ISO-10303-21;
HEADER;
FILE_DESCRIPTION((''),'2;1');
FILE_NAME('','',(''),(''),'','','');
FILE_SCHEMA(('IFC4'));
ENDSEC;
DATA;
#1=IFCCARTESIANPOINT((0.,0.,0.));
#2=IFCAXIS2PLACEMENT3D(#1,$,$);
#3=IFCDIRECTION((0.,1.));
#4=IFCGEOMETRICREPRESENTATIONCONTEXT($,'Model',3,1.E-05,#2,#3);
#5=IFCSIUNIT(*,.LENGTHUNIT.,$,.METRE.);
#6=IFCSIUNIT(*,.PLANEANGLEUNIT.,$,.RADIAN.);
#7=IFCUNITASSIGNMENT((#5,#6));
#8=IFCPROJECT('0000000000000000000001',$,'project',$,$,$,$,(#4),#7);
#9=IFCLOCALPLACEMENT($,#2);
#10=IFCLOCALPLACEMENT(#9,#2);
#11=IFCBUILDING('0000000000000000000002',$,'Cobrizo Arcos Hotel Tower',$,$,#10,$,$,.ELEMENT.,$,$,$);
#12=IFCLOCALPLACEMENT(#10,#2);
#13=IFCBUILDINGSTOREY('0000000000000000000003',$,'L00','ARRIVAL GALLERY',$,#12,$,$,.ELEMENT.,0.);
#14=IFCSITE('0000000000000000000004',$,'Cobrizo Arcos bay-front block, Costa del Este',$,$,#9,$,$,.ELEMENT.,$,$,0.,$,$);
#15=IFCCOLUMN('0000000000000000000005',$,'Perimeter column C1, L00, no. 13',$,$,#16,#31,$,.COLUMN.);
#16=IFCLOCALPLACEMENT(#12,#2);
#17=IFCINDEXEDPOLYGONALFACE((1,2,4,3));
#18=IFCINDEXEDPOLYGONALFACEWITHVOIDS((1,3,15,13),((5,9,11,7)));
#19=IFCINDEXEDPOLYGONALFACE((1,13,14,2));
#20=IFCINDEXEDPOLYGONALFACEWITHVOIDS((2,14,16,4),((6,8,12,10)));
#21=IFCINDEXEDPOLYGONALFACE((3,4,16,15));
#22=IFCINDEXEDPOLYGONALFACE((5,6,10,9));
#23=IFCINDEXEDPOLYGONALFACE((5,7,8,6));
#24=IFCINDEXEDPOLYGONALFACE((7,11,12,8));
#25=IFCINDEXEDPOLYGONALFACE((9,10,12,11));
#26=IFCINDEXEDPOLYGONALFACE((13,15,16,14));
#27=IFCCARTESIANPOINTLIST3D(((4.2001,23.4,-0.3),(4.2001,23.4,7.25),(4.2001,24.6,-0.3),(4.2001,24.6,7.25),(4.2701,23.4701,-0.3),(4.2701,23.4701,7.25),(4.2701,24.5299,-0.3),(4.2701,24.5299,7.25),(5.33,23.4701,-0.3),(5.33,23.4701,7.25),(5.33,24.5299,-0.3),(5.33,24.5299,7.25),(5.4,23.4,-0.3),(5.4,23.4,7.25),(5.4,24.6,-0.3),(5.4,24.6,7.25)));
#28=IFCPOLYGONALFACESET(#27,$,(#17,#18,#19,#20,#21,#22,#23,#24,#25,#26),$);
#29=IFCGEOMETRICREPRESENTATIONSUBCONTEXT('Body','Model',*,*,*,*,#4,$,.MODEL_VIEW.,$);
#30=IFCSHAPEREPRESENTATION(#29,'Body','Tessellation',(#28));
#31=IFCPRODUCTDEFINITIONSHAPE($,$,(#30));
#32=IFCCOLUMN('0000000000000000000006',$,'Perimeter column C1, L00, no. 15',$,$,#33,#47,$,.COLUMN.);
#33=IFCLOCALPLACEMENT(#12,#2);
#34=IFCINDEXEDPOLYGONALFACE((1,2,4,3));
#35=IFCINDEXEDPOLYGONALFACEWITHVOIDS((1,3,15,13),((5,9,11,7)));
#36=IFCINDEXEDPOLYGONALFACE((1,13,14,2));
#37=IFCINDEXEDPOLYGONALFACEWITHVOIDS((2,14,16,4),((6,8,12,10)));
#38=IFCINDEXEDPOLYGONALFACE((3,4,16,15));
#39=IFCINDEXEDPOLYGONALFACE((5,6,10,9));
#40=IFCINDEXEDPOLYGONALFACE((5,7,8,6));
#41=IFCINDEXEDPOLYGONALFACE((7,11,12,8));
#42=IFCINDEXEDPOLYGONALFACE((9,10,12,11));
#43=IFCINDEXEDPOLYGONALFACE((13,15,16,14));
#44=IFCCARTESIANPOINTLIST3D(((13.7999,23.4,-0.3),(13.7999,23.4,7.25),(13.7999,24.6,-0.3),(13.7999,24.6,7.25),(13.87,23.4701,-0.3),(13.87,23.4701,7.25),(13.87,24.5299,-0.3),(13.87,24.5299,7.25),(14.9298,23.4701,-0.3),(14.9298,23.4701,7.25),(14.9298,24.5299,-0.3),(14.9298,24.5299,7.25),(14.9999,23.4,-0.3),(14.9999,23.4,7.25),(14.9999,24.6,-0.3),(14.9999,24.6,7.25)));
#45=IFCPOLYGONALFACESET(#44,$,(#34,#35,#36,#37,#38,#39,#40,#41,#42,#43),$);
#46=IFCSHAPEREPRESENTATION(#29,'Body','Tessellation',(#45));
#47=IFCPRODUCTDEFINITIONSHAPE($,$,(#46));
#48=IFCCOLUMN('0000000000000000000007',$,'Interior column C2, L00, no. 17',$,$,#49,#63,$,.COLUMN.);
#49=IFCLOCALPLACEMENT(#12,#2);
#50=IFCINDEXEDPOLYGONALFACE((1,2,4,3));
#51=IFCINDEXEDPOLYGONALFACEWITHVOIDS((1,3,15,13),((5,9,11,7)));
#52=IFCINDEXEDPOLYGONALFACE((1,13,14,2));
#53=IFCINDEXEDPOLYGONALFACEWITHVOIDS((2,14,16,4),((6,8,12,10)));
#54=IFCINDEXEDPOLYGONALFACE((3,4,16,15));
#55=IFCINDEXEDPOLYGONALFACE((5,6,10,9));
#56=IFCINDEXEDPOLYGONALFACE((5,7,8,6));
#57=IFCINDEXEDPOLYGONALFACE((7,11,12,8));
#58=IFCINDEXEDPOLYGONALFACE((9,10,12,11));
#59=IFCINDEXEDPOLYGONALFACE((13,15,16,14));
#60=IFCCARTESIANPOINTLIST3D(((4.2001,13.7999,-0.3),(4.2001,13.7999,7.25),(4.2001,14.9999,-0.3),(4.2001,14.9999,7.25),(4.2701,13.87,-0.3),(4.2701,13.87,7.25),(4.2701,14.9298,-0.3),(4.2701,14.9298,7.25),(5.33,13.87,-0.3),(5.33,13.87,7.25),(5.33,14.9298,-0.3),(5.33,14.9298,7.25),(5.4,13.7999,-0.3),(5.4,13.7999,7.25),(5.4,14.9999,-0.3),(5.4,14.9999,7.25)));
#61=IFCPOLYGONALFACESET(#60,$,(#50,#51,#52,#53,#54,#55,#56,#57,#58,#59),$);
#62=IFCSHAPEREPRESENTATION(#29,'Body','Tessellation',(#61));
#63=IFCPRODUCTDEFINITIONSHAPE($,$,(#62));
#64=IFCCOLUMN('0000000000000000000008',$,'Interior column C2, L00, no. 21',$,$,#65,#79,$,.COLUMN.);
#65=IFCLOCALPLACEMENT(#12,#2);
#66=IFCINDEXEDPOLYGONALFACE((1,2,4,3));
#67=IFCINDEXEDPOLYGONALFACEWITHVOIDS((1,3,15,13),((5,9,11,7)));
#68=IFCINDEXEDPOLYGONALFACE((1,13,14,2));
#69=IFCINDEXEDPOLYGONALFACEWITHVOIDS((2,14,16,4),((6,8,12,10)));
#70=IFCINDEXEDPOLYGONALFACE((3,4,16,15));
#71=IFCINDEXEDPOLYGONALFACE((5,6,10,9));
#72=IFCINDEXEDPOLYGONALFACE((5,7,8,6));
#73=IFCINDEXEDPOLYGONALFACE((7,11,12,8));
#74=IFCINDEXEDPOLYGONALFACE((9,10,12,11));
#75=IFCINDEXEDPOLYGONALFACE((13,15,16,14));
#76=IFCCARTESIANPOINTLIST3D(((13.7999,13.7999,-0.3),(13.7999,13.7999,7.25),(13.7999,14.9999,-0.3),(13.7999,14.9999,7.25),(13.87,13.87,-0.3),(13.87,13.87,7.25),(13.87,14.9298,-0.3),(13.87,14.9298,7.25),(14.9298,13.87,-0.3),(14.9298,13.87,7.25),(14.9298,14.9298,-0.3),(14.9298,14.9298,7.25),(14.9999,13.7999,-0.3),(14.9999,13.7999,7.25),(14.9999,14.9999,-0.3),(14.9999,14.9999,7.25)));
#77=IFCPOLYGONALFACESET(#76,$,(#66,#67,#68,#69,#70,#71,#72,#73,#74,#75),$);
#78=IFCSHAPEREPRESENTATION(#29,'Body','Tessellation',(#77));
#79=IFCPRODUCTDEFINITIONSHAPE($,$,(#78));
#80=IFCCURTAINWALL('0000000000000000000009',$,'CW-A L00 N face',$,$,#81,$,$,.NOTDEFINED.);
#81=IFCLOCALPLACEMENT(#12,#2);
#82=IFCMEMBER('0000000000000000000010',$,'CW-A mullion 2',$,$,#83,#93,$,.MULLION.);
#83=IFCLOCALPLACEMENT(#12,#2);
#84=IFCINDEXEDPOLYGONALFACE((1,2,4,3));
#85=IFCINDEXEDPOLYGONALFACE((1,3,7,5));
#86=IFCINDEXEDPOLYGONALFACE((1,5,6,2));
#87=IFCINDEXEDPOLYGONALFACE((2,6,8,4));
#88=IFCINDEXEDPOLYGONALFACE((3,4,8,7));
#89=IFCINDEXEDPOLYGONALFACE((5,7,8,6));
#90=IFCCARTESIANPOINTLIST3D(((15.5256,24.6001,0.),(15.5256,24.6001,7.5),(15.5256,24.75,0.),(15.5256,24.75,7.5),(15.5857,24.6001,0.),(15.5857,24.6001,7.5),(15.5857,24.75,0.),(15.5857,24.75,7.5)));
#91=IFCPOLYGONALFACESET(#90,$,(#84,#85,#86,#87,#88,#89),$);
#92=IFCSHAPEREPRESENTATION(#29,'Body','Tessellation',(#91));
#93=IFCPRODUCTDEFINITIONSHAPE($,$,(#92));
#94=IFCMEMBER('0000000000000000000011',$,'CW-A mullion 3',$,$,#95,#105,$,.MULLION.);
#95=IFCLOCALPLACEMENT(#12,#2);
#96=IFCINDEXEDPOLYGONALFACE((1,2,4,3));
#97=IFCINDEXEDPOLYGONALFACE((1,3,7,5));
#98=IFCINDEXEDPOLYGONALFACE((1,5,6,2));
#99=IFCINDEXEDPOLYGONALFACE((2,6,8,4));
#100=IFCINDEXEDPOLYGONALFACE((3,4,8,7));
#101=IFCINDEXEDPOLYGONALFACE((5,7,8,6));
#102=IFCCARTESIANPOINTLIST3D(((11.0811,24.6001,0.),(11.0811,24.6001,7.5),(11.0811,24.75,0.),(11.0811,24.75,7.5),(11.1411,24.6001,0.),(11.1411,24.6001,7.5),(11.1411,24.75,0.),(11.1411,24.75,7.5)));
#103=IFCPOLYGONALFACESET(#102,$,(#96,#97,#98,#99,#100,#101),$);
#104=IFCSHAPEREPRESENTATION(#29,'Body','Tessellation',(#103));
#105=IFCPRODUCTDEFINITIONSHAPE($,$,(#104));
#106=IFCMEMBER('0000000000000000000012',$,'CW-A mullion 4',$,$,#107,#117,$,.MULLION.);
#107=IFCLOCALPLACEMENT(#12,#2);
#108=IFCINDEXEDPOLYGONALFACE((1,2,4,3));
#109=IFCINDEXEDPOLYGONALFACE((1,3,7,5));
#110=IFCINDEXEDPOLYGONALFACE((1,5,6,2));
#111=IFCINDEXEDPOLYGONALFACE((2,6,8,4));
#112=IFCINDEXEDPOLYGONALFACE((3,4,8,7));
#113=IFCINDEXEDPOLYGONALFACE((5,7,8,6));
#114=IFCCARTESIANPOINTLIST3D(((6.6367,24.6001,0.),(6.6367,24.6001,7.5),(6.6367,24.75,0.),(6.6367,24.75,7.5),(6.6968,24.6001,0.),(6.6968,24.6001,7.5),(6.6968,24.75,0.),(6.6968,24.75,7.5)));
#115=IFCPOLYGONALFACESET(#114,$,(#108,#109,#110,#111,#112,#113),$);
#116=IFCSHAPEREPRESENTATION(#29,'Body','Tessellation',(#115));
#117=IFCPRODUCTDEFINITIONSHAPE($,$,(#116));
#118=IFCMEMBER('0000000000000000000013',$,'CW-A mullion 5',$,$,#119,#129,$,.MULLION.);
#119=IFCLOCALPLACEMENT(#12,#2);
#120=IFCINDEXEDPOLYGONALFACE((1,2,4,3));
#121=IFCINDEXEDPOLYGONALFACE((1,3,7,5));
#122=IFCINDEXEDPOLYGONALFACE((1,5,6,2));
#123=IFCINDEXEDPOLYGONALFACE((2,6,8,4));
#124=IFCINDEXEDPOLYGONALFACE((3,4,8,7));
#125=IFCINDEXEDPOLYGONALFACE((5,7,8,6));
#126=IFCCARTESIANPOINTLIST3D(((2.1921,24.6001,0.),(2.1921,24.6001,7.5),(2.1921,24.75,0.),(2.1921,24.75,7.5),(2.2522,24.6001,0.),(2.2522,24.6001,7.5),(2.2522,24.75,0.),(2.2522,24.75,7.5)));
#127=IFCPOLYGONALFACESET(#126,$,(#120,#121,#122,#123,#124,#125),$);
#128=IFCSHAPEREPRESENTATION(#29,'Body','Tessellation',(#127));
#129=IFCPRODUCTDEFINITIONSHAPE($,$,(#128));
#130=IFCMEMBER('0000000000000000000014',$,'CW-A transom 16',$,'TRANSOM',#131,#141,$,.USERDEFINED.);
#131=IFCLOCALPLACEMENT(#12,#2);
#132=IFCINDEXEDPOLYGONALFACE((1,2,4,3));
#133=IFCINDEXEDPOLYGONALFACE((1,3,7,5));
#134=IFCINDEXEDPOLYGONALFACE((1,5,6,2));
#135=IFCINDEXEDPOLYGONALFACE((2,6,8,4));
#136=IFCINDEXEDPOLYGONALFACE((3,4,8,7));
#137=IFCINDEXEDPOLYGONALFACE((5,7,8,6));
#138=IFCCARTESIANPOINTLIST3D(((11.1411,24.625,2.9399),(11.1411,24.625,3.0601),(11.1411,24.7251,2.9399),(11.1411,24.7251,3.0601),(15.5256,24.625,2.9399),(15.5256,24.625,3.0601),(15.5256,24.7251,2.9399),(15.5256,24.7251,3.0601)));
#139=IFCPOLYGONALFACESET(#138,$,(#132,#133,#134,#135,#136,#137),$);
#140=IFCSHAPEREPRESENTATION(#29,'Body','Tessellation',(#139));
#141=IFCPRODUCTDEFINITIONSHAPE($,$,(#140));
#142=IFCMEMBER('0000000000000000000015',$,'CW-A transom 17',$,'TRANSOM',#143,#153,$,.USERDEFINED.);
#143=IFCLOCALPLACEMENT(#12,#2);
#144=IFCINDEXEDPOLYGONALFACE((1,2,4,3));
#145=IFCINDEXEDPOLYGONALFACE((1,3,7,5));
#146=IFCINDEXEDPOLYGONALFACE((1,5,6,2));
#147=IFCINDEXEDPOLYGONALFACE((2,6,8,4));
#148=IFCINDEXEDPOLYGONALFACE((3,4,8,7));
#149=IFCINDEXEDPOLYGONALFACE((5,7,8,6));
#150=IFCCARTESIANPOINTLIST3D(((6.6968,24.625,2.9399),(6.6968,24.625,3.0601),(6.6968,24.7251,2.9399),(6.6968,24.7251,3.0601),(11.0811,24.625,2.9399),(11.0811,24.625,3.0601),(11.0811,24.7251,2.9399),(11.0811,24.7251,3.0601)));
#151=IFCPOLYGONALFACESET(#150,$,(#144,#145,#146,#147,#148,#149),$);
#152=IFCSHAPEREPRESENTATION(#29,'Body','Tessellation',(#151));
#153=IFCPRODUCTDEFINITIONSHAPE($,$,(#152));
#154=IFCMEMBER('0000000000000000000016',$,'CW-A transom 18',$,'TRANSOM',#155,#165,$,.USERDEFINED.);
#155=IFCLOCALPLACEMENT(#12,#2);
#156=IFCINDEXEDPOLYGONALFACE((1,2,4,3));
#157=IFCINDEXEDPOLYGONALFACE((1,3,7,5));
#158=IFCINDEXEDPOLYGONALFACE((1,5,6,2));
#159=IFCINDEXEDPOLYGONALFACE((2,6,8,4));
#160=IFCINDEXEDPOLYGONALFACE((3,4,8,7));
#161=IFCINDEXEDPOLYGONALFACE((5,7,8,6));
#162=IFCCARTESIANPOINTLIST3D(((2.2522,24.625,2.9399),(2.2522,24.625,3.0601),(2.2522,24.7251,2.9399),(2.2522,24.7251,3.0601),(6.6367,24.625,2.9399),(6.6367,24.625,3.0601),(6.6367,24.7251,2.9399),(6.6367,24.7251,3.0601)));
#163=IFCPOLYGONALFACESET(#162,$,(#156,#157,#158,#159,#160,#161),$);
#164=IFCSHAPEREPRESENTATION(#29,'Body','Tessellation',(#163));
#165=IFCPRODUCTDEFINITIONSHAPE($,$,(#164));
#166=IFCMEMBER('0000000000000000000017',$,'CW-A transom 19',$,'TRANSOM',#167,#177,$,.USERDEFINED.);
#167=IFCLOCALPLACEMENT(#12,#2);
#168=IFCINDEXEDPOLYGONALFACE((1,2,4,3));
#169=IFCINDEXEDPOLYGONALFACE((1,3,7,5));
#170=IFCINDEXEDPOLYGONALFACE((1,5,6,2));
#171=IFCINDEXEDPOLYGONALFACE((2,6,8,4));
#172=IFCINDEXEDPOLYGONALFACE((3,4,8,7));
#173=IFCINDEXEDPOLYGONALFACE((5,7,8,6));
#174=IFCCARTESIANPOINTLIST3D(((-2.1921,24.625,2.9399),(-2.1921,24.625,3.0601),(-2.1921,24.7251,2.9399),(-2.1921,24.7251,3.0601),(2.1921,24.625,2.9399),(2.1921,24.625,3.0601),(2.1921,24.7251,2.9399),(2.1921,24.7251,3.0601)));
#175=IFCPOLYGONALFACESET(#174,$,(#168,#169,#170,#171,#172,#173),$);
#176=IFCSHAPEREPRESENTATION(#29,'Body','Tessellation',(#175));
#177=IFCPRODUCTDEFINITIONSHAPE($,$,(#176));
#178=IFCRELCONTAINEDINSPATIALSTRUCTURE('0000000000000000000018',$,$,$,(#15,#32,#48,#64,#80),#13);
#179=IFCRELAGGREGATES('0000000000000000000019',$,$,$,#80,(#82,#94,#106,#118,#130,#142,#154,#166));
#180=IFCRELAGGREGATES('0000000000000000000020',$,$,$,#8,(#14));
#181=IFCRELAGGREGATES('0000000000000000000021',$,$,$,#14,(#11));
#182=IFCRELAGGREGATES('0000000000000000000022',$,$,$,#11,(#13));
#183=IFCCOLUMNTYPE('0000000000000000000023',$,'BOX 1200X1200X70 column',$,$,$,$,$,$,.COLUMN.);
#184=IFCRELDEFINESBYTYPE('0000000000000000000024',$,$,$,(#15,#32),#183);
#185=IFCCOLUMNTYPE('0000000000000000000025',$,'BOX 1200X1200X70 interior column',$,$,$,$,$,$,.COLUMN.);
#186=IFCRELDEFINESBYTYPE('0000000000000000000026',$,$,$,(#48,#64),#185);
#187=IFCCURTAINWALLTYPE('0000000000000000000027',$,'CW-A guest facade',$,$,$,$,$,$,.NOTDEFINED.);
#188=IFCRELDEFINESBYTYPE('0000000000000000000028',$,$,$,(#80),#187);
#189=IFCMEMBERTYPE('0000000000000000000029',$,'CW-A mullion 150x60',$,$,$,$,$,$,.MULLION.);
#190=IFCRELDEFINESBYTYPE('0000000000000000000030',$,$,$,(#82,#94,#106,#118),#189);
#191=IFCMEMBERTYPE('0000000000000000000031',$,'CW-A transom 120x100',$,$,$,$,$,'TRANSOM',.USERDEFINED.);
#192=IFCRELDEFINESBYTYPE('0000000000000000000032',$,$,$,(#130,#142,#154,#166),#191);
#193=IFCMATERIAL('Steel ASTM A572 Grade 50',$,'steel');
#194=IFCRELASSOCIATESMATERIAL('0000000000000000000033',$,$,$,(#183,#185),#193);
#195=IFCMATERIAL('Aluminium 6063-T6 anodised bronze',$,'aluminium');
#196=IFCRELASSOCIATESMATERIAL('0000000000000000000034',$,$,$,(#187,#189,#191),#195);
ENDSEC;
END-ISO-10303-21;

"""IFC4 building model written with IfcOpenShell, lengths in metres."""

from ifc_helpers import new_model, si_unit, direction, frame, origin, origin_2d, place, context, subcontext, project, spatial, rectangle, hollow_rectangle, extrude, material, material_profile, profile_set, type_object, element, aggregate, save


model = new_model("IFC4")

# Units and contexts
model_context = context("Model", 3, precision=1e-05, world=origin(), true_north=direction((0.0, 1.0)))
body_context = subcontext(model_context, "Body", "Model", "MODEL_VIEW")
ifc_project = project(units=[si_unit("LENGTHUNIT", "METRE"), si_unit("PLANEANGLEUNIT", "RADIAN")], contexts=[model_context])

# Site, building, storey
site_placement = place(None, origin())
site = spatial("IfcSite", under=ifc_project, at=site_placement, Name="Cobrizo Arcos bay-front block, Costa del Este", CompositionType="ELEMENT", RefElevation=0.0)
building_placement = place(site_placement, origin())
building = spatial("IfcBuilding", under=site, at=building_placement, Name="Cobrizo Arcos Hotel Tower", CompositionType="ELEMENT")
storey_placement = place(building_placement, origin())
storey = spatial("IfcBuildingStorey", under=building, at=storey_placement, Name="L00", Description="ARRIVAL GALLERY", CompositionType="ELEMENT", Elevation=0.0)

# Columns
ifc_material_1 = material(Name="Steel ASTM A572 Grade 50", Category="steel")
ifc_material_profile_1 = material_profile(ifc_material_1, hollow_rectangle(XDim=1.2, YDim=1.2, WallThickness=0.0701, at=origin_2d()), Name="BOX 1200X1200X70")
ifc_profile_set_1 = profile_set([ifc_material_profile_1], Name="Steel ASTM A572 Grade 50")
column_type_1 = type_object("IfcColumnType", Name="BOX 1200X1200X70 column", PredefinedType="COLUMN", material=ifc_profile_set_1)
for number, where, z_axis, x_axis, name in (
    (1, (4.8, 24.0, -0.3), (0.0, 0.0, 1.0), (1.0, 0.0, 0.0), "Perimeter column C1, L00, no. 13"),
    (2, (14.3999, 24.0, -0.3), (0.0, 0.0, 1.0), (1.0, 0.0, 0.0), "Perimeter column C1, L00, no. 15"),
):
    element("IfcColumn", number, at=place(storey_placement, frame(where, z_axis=z_axis, x_axis=x_axis)), inside=storey, type_object=column_type_1, Name=name, PredefinedType="COLUMN", context=body_context, shape_type="SweptSolid", body=[
        extrude(hollow_rectangle(XDim=1.2, YDim=1.2, WallThickness=0.0701, at=origin_2d()), origin(), (0.0, 0.0, 1.0), 7.55),
    ])
ifc_material_profile_2 = material_profile(ifc_material_1, hollow_rectangle(XDim=1.2, YDim=1.2, WallThickness=0.0701, at=origin_2d()), Name="BOX 1200X1200X70")
ifc_profile_set_2 = profile_set([ifc_material_profile_2], Name="Steel ASTM A572 Grade 50")
column_type_2 = type_object("IfcColumnType", Name="BOX 1200X1200X70 interior column", PredefinedType="COLUMN", material=ifc_profile_set_2)
for number, where, z_axis, x_axis, name in (
    (3, (4.8, 14.3999, -0.3), (0.0, 0.0, 1.0), (1.0, 0.0, 0.0), "Interior column C2, L00, no. 17"),
    (4, (14.3999, 14.3999, -0.3), (0.0, 0.0, 1.0), (1.0, 0.0, 0.0), "Interior column C2, L00, no. 21"),
):
    element("IfcColumn", number, at=place(storey_placement, frame(where, z_axis=z_axis, x_axis=x_axis)), inside=storey, type_object=column_type_2, Name=name, PredefinedType="COLUMN", context=body_context, shape_type="SweptSolid", body=[
        extrude(hollow_rectangle(XDim=1.2, YDim=1.2, WallThickness=0.0701, at=origin_2d()), origin(), (0.0, 0.0, 1.0), 7.55),
    ])

# Curtain wall, members
ifc_material_2 = material(Name="Aluminium 6063-T6 anodised bronze", Category="aluminium")
curtain_wall_type = type_object("IfcCurtainWallType", Name="CW-A guest facade", PredefinedType="NOTDEFINED", material=ifc_material_2)
curtain_wall_placement = place(storey_placement, origin())
curtain_wall = element("IfcCurtainWall", 5, at=curtain_wall_placement, inside=storey, type_object=curtain_wall_type, Name="CW-A L00 N face", PredefinedType="NOTDEFINED")
ifc_material_profile_3 = material_profile(ifc_material_2, rectangle(XDim=0.1499, YDim=0.0601, at=origin_2d()), Name="CW-A mullion 150x60")
ifc_profile_set_3 = profile_set([ifc_material_profile_3], Name="Aluminium 6063-T6 anodised bronze")
member_type_1 = type_object("IfcMemberType", Name="CW-A mullion 150x60", PredefinedType="MULLION", material=ifc_profile_set_3)
member_1_placement = place(storey_placement, frame((15.5557, 24.675, 0.0), z_axis=(0.0, 0.0, 1.0), x_axis=(0.0, 1.0, 0.0)))
member_1 = element("IfcMember", 6, at=member_1_placement, type_object=member_type_1, Name="CW-A mullion 2", PredefinedType="MULLION", context=body_context, shape_type="SweptSolid", body=[
    extrude(rectangle(XDim=0.1499, YDim=0.0601, at=origin_2d()), origin(), (0.0, 0.0, 1.0), 7.5),
])
member_2_placement = place(storey_placement, frame((11.1111, 24.675, 0.0), z_axis=(0.0, 0.0, 1.0), x_axis=(0.0, 1.0, 0.0)))
member_2 = element("IfcMember", 7, at=member_2_placement, type_object=member_type_1, Name="CW-A mullion 3", PredefinedType="MULLION", context=body_context, shape_type="SweptSolid", body=[
    extrude(rectangle(XDim=0.1499, YDim=0.0601, at=origin_2d()), origin(), (0.0, 0.0, 1.0), 7.5),
])
member_3_placement = place(storey_placement, frame((6.6667, 24.675, 0.0), z_axis=(0.0, 0.0, 1.0), x_axis=(0.0, 1.0, 0.0)))
member_3 = element("IfcMember", 8, at=member_3_placement, type_object=member_type_1, Name="CW-A mullion 4", PredefinedType="MULLION", context=body_context, shape_type="SweptSolid", body=[
    extrude(rectangle(XDim=0.1499, YDim=0.0601, at=origin_2d()), origin(), (0.0, 0.0, 1.0), 7.5),
])
member_4_placement = place(storey_placement, frame((2.2222, 24.675, 0.0), z_axis=(0.0, 0.0, 1.0), x_axis=(0.0, 1.0, 0.0)))
member_4 = element("IfcMember", 9, at=member_4_placement, type_object=member_type_1, Name="CW-A mullion 5", PredefinedType="MULLION", context=body_context, shape_type="SweptSolid", body=[
    extrude(rectangle(XDim=0.1499, YDim=0.0601, at=origin_2d()), origin(), (0.0, 0.0, 1.0), 7.5),
])
ifc_material_profile_4 = material_profile(ifc_material_2, rectangle(XDim=0.1001, YDim=0.1201, at=origin_2d()), Name="CW-A transom 120x100")
ifc_profile_set_4 = profile_set([ifc_material_profile_4], Name="Aluminium 6063-T6 anodised bronze")
member_type_2 = type_object("IfcMemberType", Name="CW-A transom 120x100", ElementType="TRANSOM", PredefinedType="USERDEFINED", material=ifc_profile_set_4)
member_5_placement = place(storey_placement, frame((15.5256, 24.675, 3.0), z_axis=(-1.0, 0.0, 0.0), x_axis=(0.0, -1.0, 0.0)))
member_5 = element("IfcMember", 10, at=member_5_placement, type_object=member_type_2, Name="CW-A transom 16", ObjectType="TRANSOM", PredefinedType="USERDEFINED", context=body_context, shape_type="SweptSolid", body=[
    extrude(rectangle(XDim=0.1001, YDim=0.1201, at=origin_2d()), origin(), (0.0, 0.0, 1.0), 4.3845),
])
member_6_placement = place(storey_placement, frame((11.0811, 24.675, 3.0), z_axis=(-1.0, 0.0, 0.0), x_axis=(0.0, -1.0, 0.0)))
member_6 = element("IfcMember", 11, at=member_6_placement, type_object=member_type_2, Name="CW-A transom 17", ObjectType="TRANSOM", PredefinedType="USERDEFINED", context=body_context, shape_type="SweptSolid", body=[
    extrude(rectangle(XDim=0.1001, YDim=0.1201, at=origin_2d()), origin(), (0.0, 0.0, 1.0), 4.3843),
])
member_7_placement = place(storey_placement, frame((6.6367, 24.675, 3.0), z_axis=(-1.0, 0.0, 0.0), x_axis=(0.0, -1.0, 0.0)))
member_7 = element("IfcMember", 12, at=member_7_placement, type_object=member_type_2, Name="CW-A transom 18", ObjectType="TRANSOM", PredefinedType="USERDEFINED", context=body_context, shape_type="SweptSolid", body=[
    extrude(rectangle(XDim=0.1001, YDim=0.1201, at=origin_2d()), origin(), (0.0, 0.0, 1.0), 4.3845),
])
member_8_placement = place(storey_placement, frame((2.1921, 24.675, 3.0), z_axis=(-1.0, 0.0, 0.0), x_axis=(0.0, -1.0, 0.0)))
member_8 = element("IfcMember", 13, at=member_8_placement, type_object=member_type_2, Name="CW-A transom 19", ObjectType="TRANSOM", PredefinedType="USERDEFINED", context=body_context, shape_type="SweptSolid", body=[
    extrude(rectangle(XDim=0.1001, YDim=0.1201, at=origin_2d()), origin(), (0.0, 0.0, 1.0), 4.3843),
])

aggregate(curtain_wall, [member_1, member_2, member_3, member_4, member_5, member_6, member_7, member_8])

save(model, "model.ifc")
